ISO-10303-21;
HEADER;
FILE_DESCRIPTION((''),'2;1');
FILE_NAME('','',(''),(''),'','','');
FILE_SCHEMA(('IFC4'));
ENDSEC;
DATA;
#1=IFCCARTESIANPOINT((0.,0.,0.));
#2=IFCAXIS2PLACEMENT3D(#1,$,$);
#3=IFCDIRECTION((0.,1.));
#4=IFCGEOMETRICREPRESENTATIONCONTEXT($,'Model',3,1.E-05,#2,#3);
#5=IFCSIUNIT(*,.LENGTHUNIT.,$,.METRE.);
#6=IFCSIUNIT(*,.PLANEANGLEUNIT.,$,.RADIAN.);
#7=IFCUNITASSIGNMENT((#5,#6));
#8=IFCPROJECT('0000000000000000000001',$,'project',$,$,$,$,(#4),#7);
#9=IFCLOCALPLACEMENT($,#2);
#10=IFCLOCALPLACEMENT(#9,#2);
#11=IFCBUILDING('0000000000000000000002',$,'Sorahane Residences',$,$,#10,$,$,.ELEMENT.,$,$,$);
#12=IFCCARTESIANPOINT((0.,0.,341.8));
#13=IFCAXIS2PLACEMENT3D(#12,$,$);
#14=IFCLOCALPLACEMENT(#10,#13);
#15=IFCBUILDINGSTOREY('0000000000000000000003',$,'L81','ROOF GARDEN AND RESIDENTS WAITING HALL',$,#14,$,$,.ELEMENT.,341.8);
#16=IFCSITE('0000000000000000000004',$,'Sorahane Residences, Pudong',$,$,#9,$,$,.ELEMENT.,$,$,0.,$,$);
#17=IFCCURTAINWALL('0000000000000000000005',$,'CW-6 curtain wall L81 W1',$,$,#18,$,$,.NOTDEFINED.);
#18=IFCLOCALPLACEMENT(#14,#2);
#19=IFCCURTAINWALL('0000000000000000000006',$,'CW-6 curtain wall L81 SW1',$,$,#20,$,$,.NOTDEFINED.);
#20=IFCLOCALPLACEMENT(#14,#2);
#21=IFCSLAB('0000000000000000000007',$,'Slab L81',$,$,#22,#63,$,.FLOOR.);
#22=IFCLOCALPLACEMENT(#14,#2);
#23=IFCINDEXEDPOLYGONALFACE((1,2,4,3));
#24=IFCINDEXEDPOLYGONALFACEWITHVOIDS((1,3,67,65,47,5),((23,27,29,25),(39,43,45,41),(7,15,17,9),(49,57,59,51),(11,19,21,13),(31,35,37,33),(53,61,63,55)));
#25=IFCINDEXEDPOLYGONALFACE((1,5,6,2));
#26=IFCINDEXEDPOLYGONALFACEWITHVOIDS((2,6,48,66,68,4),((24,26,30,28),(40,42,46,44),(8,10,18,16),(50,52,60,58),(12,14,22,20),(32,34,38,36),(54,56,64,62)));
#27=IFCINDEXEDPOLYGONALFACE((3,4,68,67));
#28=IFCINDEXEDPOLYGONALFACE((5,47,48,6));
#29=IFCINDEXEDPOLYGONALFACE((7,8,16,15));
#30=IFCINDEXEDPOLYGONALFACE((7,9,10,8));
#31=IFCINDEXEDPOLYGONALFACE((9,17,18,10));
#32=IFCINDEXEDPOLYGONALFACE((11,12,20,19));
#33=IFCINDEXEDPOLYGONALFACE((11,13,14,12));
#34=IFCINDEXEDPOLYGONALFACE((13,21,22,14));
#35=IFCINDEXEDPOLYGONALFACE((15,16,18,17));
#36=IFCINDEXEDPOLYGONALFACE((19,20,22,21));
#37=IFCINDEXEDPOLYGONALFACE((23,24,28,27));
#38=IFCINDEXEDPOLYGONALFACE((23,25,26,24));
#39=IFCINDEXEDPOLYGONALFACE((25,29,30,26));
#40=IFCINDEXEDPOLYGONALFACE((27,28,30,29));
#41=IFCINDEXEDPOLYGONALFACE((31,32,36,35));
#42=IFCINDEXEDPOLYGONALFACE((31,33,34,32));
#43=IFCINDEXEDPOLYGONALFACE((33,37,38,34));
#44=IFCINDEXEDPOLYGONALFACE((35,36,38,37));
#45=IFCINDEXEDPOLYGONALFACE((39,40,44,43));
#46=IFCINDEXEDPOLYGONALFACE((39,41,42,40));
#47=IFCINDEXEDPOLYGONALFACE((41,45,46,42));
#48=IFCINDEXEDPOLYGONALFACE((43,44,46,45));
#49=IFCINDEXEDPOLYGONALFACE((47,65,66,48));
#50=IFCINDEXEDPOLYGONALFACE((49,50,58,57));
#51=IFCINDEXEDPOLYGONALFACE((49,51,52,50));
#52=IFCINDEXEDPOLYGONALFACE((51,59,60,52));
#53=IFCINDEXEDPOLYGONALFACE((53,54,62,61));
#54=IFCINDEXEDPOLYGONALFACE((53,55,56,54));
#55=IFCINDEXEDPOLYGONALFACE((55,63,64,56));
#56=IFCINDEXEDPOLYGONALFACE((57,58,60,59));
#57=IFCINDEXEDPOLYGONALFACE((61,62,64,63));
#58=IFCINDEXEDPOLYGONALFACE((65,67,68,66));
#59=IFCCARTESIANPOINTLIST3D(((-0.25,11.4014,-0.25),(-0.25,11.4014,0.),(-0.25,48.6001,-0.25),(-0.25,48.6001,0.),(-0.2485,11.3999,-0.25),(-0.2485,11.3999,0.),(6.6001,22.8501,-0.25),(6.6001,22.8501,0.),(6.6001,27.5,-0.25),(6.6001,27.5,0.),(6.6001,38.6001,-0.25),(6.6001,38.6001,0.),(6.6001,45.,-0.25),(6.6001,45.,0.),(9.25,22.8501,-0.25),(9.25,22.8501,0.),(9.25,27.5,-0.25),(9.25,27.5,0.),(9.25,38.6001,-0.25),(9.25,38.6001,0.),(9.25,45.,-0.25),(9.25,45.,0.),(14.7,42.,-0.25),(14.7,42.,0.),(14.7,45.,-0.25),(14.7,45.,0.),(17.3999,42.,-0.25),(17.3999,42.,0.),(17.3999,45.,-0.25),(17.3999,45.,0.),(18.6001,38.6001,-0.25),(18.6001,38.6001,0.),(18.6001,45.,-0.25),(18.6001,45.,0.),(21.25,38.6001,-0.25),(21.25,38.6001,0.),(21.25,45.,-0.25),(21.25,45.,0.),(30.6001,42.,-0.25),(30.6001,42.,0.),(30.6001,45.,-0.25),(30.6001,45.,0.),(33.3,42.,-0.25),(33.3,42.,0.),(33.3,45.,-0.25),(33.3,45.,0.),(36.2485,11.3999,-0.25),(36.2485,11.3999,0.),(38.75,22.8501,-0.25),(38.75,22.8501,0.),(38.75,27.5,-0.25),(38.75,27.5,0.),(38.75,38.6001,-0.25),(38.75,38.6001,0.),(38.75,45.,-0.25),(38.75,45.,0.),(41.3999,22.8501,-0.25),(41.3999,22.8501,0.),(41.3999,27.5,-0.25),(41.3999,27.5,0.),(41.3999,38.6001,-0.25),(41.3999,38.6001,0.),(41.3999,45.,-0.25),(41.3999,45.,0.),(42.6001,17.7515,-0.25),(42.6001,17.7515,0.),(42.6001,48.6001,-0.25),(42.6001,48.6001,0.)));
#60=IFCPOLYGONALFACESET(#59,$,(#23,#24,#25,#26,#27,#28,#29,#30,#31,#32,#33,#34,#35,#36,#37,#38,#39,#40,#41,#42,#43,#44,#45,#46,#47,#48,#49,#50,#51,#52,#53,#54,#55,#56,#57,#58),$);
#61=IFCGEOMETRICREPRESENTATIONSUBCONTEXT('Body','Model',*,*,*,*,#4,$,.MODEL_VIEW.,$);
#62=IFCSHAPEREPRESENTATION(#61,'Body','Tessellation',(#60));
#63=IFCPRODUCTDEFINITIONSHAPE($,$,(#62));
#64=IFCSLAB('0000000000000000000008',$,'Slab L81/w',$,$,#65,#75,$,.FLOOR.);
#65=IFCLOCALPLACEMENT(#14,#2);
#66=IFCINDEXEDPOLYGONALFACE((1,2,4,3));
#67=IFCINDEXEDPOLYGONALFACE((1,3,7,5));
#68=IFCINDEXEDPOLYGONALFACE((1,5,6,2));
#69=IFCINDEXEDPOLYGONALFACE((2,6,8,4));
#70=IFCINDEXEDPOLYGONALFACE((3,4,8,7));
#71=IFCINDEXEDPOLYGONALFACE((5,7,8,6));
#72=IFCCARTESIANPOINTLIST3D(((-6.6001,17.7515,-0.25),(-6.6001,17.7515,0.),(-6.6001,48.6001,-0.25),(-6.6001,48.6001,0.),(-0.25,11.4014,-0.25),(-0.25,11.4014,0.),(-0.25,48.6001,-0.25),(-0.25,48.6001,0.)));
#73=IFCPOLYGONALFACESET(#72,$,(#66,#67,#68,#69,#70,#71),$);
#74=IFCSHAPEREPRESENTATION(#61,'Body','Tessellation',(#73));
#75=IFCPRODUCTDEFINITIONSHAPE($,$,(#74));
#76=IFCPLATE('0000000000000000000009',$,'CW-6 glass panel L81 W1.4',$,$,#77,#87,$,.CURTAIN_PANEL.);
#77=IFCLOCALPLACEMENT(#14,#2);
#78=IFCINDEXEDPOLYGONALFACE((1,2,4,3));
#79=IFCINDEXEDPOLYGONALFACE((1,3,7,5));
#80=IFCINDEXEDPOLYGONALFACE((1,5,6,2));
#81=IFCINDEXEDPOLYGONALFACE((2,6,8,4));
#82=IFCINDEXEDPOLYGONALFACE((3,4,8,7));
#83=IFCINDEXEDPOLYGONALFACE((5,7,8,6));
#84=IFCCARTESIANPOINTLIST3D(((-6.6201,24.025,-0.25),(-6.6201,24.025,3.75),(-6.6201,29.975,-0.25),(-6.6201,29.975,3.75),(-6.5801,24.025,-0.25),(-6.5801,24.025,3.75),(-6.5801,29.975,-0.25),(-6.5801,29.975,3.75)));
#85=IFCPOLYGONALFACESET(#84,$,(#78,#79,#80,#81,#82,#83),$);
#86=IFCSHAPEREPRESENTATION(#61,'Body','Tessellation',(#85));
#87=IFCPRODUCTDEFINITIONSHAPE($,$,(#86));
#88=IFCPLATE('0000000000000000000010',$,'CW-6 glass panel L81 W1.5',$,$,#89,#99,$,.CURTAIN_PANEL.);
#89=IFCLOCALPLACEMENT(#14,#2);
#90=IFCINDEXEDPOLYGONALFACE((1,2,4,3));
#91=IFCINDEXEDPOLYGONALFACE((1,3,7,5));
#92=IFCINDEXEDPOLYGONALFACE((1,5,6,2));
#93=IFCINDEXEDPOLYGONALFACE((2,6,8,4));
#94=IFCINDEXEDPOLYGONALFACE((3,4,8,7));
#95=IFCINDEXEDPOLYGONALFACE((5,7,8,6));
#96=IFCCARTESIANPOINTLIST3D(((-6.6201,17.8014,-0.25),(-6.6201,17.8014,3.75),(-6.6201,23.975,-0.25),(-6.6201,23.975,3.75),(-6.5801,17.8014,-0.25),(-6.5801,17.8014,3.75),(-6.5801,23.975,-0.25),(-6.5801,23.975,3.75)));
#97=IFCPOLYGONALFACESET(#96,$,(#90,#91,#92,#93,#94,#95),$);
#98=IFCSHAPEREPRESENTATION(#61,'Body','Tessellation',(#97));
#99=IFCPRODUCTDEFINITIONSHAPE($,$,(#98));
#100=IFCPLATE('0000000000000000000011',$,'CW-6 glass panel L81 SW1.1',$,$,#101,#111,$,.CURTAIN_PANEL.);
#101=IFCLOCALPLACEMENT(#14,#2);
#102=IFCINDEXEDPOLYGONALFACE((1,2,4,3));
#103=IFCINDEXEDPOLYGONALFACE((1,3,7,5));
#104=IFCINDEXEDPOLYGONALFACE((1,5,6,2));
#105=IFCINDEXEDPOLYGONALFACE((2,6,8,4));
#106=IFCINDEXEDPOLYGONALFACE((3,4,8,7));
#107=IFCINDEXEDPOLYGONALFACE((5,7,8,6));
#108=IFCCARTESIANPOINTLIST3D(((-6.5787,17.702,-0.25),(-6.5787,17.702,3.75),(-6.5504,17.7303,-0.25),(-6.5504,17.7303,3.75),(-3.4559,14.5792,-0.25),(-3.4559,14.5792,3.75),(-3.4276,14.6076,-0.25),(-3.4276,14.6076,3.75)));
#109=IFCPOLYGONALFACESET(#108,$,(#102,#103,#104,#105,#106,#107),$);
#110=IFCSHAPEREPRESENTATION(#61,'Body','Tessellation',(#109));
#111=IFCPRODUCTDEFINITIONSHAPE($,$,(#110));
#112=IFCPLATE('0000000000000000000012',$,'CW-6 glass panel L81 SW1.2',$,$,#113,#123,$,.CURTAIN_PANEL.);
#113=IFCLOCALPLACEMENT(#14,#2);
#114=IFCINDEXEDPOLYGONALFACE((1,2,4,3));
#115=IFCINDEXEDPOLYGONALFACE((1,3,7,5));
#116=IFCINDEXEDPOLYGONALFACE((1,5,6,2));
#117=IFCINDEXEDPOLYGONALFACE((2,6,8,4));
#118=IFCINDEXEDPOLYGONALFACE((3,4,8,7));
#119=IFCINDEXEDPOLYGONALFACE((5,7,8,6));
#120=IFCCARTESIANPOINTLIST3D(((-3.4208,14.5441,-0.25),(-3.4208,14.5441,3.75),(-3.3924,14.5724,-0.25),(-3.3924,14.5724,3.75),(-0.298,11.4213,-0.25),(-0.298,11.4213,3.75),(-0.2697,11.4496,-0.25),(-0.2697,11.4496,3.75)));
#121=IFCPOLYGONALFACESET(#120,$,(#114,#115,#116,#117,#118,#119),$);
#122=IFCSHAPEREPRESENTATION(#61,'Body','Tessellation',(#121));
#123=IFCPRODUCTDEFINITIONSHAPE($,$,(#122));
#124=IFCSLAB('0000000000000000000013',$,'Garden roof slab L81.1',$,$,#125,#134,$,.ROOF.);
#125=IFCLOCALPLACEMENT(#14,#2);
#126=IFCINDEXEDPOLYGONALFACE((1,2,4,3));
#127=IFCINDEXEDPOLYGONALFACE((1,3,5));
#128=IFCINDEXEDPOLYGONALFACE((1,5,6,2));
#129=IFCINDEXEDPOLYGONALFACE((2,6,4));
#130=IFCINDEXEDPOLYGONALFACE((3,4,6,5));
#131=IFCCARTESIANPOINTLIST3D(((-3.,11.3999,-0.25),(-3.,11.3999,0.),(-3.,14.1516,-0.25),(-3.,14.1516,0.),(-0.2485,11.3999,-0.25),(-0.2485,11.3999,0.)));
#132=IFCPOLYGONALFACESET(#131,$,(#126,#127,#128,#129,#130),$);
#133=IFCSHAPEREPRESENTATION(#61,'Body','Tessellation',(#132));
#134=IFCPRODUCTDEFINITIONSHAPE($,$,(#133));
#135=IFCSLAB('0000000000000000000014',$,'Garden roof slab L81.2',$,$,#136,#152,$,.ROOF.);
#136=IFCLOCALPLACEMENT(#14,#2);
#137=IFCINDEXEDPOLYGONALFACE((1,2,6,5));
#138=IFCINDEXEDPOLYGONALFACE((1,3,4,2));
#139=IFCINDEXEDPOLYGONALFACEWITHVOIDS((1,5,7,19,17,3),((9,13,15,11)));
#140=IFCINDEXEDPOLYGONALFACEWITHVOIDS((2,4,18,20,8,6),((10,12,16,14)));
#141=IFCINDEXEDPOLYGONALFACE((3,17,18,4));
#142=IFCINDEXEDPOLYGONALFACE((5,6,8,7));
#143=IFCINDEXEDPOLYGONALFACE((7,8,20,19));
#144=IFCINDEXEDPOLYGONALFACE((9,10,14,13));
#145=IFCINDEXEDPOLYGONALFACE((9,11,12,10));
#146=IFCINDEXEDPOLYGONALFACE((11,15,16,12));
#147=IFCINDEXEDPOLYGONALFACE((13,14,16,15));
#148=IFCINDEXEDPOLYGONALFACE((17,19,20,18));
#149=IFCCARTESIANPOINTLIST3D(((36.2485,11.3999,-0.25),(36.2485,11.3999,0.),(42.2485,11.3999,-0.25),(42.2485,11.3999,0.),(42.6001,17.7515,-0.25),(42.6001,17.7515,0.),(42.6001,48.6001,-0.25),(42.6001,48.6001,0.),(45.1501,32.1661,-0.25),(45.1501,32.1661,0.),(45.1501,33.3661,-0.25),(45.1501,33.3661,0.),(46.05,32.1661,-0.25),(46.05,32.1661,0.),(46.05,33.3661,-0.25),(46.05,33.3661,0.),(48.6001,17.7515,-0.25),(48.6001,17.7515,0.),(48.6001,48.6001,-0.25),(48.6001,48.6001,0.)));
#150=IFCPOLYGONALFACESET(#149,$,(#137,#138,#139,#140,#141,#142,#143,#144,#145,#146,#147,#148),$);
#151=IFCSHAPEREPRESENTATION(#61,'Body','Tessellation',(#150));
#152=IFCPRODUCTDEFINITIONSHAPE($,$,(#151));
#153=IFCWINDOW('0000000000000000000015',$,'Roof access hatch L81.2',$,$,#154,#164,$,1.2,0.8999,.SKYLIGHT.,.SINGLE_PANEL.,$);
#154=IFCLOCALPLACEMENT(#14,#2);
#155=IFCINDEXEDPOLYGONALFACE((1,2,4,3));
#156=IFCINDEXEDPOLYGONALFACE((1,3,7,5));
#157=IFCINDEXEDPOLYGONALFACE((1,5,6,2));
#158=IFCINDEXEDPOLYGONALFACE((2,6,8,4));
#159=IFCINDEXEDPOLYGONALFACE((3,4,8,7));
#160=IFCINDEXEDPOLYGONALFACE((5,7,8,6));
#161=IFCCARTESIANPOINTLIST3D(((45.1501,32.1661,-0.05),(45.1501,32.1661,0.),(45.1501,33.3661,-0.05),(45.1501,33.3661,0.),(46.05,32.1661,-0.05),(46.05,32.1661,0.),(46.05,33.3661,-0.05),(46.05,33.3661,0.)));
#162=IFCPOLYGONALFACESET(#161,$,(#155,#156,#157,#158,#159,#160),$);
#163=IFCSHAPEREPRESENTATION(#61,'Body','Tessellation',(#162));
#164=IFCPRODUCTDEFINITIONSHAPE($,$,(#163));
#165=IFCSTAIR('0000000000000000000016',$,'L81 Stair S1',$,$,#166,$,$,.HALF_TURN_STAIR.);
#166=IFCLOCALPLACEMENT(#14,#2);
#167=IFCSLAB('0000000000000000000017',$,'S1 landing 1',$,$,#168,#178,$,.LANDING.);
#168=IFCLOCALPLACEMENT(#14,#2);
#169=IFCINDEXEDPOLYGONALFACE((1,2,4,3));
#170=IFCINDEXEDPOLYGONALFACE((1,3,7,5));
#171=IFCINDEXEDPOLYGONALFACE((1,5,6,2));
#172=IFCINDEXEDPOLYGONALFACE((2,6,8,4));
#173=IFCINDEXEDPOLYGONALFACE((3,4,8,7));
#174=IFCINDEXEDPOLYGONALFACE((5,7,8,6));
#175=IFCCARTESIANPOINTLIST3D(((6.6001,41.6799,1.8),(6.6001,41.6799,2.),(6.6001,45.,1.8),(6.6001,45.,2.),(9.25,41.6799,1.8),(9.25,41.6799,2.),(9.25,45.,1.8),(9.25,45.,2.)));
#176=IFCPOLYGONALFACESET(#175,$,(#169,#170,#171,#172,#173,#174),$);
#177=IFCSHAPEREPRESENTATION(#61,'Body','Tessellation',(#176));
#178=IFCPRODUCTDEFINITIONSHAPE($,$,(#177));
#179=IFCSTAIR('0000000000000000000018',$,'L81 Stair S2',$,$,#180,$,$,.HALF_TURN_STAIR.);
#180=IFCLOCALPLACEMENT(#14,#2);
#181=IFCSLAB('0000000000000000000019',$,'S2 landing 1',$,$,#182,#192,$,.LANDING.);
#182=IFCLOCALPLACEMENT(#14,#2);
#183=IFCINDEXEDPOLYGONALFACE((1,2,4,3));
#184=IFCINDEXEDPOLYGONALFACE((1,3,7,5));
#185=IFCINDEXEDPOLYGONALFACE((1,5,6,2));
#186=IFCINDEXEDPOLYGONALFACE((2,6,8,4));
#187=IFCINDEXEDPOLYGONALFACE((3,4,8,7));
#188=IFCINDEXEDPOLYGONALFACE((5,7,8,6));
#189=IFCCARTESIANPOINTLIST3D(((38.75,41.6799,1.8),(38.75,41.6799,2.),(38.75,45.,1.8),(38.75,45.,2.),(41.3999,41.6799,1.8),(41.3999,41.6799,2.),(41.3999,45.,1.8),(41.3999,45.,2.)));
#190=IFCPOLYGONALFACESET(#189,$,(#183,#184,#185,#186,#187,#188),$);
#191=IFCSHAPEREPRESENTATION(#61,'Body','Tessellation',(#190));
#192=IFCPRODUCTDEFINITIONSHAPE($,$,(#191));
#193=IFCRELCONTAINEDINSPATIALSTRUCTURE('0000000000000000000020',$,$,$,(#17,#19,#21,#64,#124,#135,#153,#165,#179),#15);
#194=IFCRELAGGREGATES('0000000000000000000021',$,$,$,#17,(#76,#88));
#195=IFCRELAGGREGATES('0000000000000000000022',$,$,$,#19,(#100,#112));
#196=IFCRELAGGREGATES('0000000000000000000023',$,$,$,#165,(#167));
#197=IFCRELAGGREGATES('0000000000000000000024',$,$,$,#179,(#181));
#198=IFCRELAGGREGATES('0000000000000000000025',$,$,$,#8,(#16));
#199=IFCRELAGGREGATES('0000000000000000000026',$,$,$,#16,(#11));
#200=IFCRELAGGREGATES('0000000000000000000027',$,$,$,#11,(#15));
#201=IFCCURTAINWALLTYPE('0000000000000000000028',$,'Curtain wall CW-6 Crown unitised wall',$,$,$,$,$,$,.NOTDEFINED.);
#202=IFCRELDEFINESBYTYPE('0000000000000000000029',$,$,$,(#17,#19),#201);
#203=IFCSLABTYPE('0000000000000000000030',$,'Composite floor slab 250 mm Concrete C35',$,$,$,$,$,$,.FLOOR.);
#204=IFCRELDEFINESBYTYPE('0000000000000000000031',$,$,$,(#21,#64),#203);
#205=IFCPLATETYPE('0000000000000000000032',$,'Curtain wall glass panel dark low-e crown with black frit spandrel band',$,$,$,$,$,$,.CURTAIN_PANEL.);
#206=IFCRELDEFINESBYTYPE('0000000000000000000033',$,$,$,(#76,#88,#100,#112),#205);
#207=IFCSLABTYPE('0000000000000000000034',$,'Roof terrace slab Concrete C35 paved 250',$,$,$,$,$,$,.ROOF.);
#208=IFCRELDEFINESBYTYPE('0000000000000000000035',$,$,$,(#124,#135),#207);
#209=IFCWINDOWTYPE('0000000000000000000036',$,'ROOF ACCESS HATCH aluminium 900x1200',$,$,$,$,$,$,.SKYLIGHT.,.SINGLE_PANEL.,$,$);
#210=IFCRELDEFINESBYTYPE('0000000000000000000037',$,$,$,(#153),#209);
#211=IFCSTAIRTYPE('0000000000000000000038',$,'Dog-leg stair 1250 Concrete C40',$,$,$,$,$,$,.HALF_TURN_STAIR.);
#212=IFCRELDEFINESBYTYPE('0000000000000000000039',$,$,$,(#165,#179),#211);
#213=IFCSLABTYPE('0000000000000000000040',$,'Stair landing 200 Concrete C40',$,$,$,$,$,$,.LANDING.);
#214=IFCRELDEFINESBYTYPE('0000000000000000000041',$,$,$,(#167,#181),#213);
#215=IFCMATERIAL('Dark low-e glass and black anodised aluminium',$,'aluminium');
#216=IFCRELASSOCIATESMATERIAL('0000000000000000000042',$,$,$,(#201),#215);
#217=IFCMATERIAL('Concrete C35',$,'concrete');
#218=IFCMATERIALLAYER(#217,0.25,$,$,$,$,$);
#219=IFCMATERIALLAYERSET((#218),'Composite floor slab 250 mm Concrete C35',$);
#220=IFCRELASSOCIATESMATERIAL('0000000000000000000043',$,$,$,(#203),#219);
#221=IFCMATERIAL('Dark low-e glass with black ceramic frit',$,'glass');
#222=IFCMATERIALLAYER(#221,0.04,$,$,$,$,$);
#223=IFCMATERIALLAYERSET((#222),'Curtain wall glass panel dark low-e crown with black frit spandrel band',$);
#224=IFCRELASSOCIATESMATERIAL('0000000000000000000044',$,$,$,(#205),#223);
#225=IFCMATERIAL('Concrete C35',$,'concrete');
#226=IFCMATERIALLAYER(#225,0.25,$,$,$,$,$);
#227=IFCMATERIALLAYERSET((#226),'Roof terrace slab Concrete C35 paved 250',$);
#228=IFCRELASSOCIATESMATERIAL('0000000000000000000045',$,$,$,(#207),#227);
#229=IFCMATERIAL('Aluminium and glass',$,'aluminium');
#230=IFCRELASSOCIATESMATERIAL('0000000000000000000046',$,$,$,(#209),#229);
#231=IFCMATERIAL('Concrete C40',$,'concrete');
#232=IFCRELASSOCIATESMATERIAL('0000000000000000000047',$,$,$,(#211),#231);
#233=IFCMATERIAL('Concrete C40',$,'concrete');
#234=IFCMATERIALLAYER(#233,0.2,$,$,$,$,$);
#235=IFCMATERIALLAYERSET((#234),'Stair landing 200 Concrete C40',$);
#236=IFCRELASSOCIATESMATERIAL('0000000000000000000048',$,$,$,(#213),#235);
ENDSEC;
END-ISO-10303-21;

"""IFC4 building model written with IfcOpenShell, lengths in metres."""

from ifc_helpers import new_model, si_unit, direction, frame, origin, origin_2d, place, context, subcontext, project, spatial, polyline, rectangle, outline, extrude, material, layer, layer_set, type_object, element, fill, aggregate, save


model = new_model("IFC4")

# Units and contexts
model_context = context("Model", 3, precision=1e-05, world=origin(), true_north=direction((0.0, 1.0)))
body_context = subcontext(model_context, "Body", "Model", "MODEL_VIEW")
ifc_project = project(units=[si_unit("LENGTHUNIT", "METRE"), si_unit("PLANEANGLEUNIT", "RADIAN")], contexts=[model_context])

# Site, building, storey
site_placement = place(None, origin())
site = spatial("IfcSite", under=ifc_project, at=site_placement, Name="Sorahane Residences, Pudong", CompositionType="ELEMENT", RefElevation=0.0)
building_placement = place(site_placement, origin())
building = spatial("IfcBuilding", under=site, at=building_placement, Name="Sorahane Residences", CompositionType="ELEMENT")
storey_placement = place(building_placement, frame((0.0, 0.0, 341.8)))
storey = spatial("IfcBuildingStorey", under=building, at=storey_placement, Name="L81", Description="ROOF GARDEN AND RESIDENTS WAITING HALL", CompositionType="ELEMENT", Elevation=341.8)

# Curtain walls
ifc_material_1 = material(Name="Dark low-e glass and black anodised aluminium", Category="aluminium")
curtain_wall_type = type_object("IfcCurtainWallType", Name="Curtain wall CW-6 Crown unitised wall", PredefinedType="NOTDEFINED", material=ifc_material_1)
curtain_wall_1_placement = place(storey_placement, origin())
curtain_wall_1 = element("IfcCurtainWall", 1, at=curtain_wall_1_placement, inside=storey, type_object=curtain_wall_type, Name="CW-6 curtain wall L81 W1", PredefinedType="NOTDEFINED")
curtain_wall_2_placement = place(storey_placement, origin())
curtain_wall_2 = element("IfcCurtainWall", 2, at=curtain_wall_2_placement, inside=storey, type_object=curtain_wall_type, Name="CW-6 curtain wall L81 SW1", PredefinedType="NOTDEFINED")

# Slabs
ifc_material_2 = material(Name="Concrete C35", Category="concrete")
ifc_layer_1 = layer(ifc_material_2, 0.25)
ifc_layer_set_1 = layer_set([ifc_layer_1], Name="Composite floor slab 250 mm Concrete C35")
slab_type_1 = type_object("IfcSlabType", Name="Composite floor slab 250 mm Concrete C35", PredefinedType="FLOOR", material=ifc_layer_set_1)
slab_1_placement = place(storey_placement, frame((0.0, 0.0, -0.25)))
element("IfcSlab", 3, at=slab_1_placement, inside=storey, type_object=slab_type_1, Name="Slab L81", PredefinedType="FLOOR", context=body_context, shape_type="SweptSolid", body=[
    extrude(outline(polyline([(-0.25, 11.4014), (-0.25, 48.6001), (42.6001, 48.6001), (42.6001, 17.7515), (36.2485, 11.3999), (-0.2485, 11.3999), (-0.25, 11.4014)]), holes=[polyline([(30.6001, 42.0), (33.3, 42.0), (33.3, 45.0), (30.6001, 45.0), (30.6001, 42.0)]), polyline([(14.7, 42.0), (17.3999, 42.0), (17.3999, 45.0), (14.7, 45.0), (14.7, 42.0)]), polyline([(9.25, 38.6001), (9.25, 45.0), (6.6001, 45.0), (6.6001, 38.6001), (9.25, 38.6001)]), polyline([(41.3999, 38.6001), (41.3999, 45.0), (38.75, 45.0), (38.75, 38.6001), (41.3999, 38.6001)]), polyline([(21.25, 38.6001), (21.25, 45.0), (18.6001, 45.0), (18.6001, 38.6001), (21.25, 38.6001)]), polyline([(9.25, 22.8501), (9.25, 27.5), (6.6001, 27.5), (6.6001, 22.8501), (9.25, 22.8501)]), polyline([(41.3999, 22.8501), (41.3999, 27.5), (38.75, 27.5), (38.75, 22.8501), (41.3999, 22.8501)])]), origin(), (0.0, 0.0, 1.0), 0.25),
])
slab_2_placement = place(storey_placement, frame((0.0, 0.0, -0.25)))
element("IfcSlab", 4, at=slab_2_placement, inside=storey, type_object=slab_type_1, Name="Slab L81/w", PredefinedType="FLOOR", context=body_context, shape_type="SweptSolid", body=[
    extrude(outline(polyline([(-6.6001, 17.7515), (-6.6001, 48.6001), (-0.25, 48.6001), (-0.25, 11.4014), (-6.6001, 17.7515)])), origin(), (0.0, 0.0, 1.0), 0.25),
])

# Plates
ifc_material_3 = material(Name="Dark low-e glass with black ceramic frit", Category="glass")
ifc_layer_2 = layer(ifc_material_3, 0.04)
ifc_layer_set_2 = layer_set([ifc_layer_2], Name="Curtain wall glass panel dark low-e crown with black frit spandrel band")
plate_type = type_object("IfcPlateType", Name="Curtain wall glass panel dark low-e crown with black frit spandrel band", PredefinedType="CURTAIN_PANEL", material=ifc_layer_set_2)
plate_1_placement = place(storey_placement, frame((-6.6001, 27.0, -0.25), z_axis=(0.0, 0.0, 1.0), x_axis=(0.0, -1.0, 0.0)))
plate_1 = element("IfcPlate", 5, at=plate_1_placement, type_object=plate_type, Name="CW-6 glass panel L81 W1.4", PredefinedType="CURTAIN_PANEL", context=body_context, shape_type="SweptSolid", body=[
    extrude(rectangle(XDim=5.95, YDim=0.04, at=origin_2d()), origin(), (0.0, 0.0, 1.0), 4.0),
])
plate_2_placement = place(storey_placement, frame((-6.6001, 20.8882, -0.25), z_axis=(0.0, 0.0, 1.0), x_axis=(0.0, -1.0, 0.0)))
plate_2 = element("IfcPlate", 6, at=plate_2_placement, type_object=plate_type, Name="CW-6 glass panel L81 W1.5", PredefinedType="CURTAIN_PANEL", context=body_context, shape_type="SweptSolid", body=[
    extrude(rectangle(XDim=6.1736, YDim=0.04, at=origin_2d()), origin(), (0.0, 0.0, 1.0), 4.0),
])
aggregate(curtain_wall_1, [plate_1, plate_2])
plate_3_placement = place(storey_placement, frame((-5.0032, 16.1548, -0.25), z_axis=(0.0, 0.0, 1.0), x_axis=(0.707107, -0.707107, 0.0)))
plate_3 = element("IfcPlate", 7, at=plate_3_placement, type_object=plate_type, Name="CW-6 glass panel L81 SW1.1", PredefinedType="CURTAIN_PANEL", context=body_context, shape_type="SweptSolid", body=[
    extrude(rectangle(XDim=4.4163, YDim=0.04, at=origin_2d()), origin(), (0.0, 0.0, 1.0), 4.0),
])
plate_4_placement = place(storey_placement, frame((-1.8452, 12.9968, -0.25), z_axis=(0.0, 0.0, 1.0), x_axis=(0.707107, -0.707107, 0.0)))
plate_4 = element("IfcPlate", 8, at=plate_4_placement, type_object=plate_type, Name="CW-6 glass panel L81 SW1.2", PredefinedType="CURTAIN_PANEL", context=body_context, shape_type="SweptSolid", body=[
    extrude(rectangle(XDim=4.4163, YDim=0.04, at=origin_2d()), origin(), (0.0, 0.0, 1.0), 4.0),
])
aggregate(curtain_wall_2, [plate_3, plate_4])

# Slab
ifc_material_4 = material(Name="Concrete C35", Category="concrete")
ifc_layer_3 = layer(ifc_material_4, 0.25)
ifc_layer_set_3 = layer_set([ifc_layer_3], Name="Roof terrace slab Concrete C35 paved 250")
slab_type_2 = type_object("IfcSlabType", Name="Roof terrace slab Concrete C35 paved 250", PredefinedType="ROOF", material=ifc_layer_set_3)
slab_3_placement = place(storey_placement, frame((0.0, 0.0, -0.25)))
element("IfcSlab", 9, at=slab_3_placement, inside=storey, type_object=slab_type_2, Name="Garden roof slab L81.1", PredefinedType="ROOF", context=body_context, shape_type="SweptSolid", body=[
    extrude(outline(polyline([(-0.2485, 11.3999), (-3.0, 11.3999), (-3.0, 14.1516), (-0.2485, 11.3999)])), origin(), (0.0, 0.0, 1.0), 0.25),
])

# Slab, opening, window
slab_4_placement = place(storey_placement, frame((0.0, 0.0, -0.25)))
slab_4 = element("IfcSlab", 10, at=slab_4_placement, inside=storey, type_object=slab_type_2, Name="Garden roof slab L81.2", PredefinedType="ROOF", context=body_context, shape_type="SweptSolid", body=[
    extrude(outline(polyline([(48.6001, 17.7515), (42.2485, 11.3999), (36.2485, 11.3999), (42.6001, 17.7515), (42.6001, 48.6001), (48.6001, 48.6001), (48.6001, 17.7515)])), origin(), (0.0, 0.0, 1.0), 0.25),
])
opening_placement = place(slab_4_placement, frame((45.6001, 32.7661, 0.0)))
opening = element("IfcOpeningElement", 11, at=opening_placement, cuts=slab_4, PredefinedType="OPENING", context=body_context, shape_type="SweptSolid", body=[
    extrude(rectangle(XDim=0.8999, YDim=1.2, at=origin_2d()), frame((0.0, 0.0, -0.01)), (0.0, 0.0, 1.0), 0.27),
])
ifc_material_5 = material(Name="Aluminium and glass", Category="aluminium")
window_type = type_object("IfcWindowType", Name="ROOF ACCESS HATCH aluminium 900x1200", PartitioningType="SINGLE_PANEL", PredefinedType="SKYLIGHT", material=ifc_material_5)
window_placement = place(opening_placement, frame((0.0, 0.0, 0.2)))
window = element("IfcWindow", 12, at=window_placement, inside=storey, type_object=window_type, Name="Roof access hatch L81.2", OverallHeight=1.2, OverallWidth=0.8999, PartitioningType="SINGLE_PANEL", PredefinedType="SKYLIGHT", context=body_context, shape_type="SweptSolid", body=[
    extrude(rectangle(XDim=0.8999, YDim=1.2, at=origin_2d()), origin(), (0.0, 0.0, 1.0), 0.05),
])
fill(opening, window)

# Stairs, slabs
ifc_material_6 = material(Name="Concrete C40", Category="concrete")
stair_type = type_object("IfcStairType", Name="Dog-leg stair 1250 Concrete C40", PredefinedType="HALF_TURN_STAIR", material=ifc_material_6)
stair_1_placement = place(storey_placement, origin())
stair_1 = element("IfcStair", 13, at=stair_1_placement, inside=storey, type_object=stair_type, Name="L81 Stair S1", PredefinedType="HALF_TURN_STAIR")
ifc_material_7 = material(Name="Concrete C40", Category="concrete")
ifc_layer_4 = layer(ifc_material_7, 0.2)
ifc_layer_set_4 = layer_set([ifc_layer_4], Name="Stair landing 200 Concrete C40")
slab_type_3 = type_object("IfcSlabType", Name="Stair landing 200 Concrete C40", PredefinedType="LANDING", material=ifc_layer_set_4)
slab_5_placement = place(storey_placement, frame((0.0, 0.0, 1.8)))
slab_5 = element("IfcSlab", 14, at=slab_5_placement, type_object=slab_type_3, Name="S1 landing 1", PredefinedType="LANDING", context=body_context, shape_type="SweptSolid", body=[
    extrude(outline(polyline([(9.25, 41.6799), (9.25, 45.0), (6.6001, 45.0), (6.6001, 41.6799), (9.25, 41.6799)])), origin(), (0.0, 0.0, 1.0), 0.2),
])
aggregate(stair_1, [slab_5])
stair_2_placement = place(storey_placement, origin())
stair_2 = element("IfcStair", 15, at=stair_2_placement, inside=storey, type_object=stair_type, Name="L81 Stair S2", PredefinedType="HALF_TURN_STAIR")
slab_6_placement = place(storey_placement, frame((0.0, 0.0, 1.8)))
slab_6 = element("IfcSlab", 16, at=slab_6_placement, type_object=slab_type_3, Name="S2 landing 1", PredefinedType="LANDING", context=body_context, shape_type="SweptSolid", body=[
    extrude(outline(polyline([(41.3999, 41.6799), (41.3999, 45.0), (38.75, 45.0), (38.75, 41.6799), (41.3999, 41.6799)])), origin(), (0.0, 0.0, 1.0), 0.2),
])
aggregate(stair_2, [slab_6])

save(model, "model.ifc")
